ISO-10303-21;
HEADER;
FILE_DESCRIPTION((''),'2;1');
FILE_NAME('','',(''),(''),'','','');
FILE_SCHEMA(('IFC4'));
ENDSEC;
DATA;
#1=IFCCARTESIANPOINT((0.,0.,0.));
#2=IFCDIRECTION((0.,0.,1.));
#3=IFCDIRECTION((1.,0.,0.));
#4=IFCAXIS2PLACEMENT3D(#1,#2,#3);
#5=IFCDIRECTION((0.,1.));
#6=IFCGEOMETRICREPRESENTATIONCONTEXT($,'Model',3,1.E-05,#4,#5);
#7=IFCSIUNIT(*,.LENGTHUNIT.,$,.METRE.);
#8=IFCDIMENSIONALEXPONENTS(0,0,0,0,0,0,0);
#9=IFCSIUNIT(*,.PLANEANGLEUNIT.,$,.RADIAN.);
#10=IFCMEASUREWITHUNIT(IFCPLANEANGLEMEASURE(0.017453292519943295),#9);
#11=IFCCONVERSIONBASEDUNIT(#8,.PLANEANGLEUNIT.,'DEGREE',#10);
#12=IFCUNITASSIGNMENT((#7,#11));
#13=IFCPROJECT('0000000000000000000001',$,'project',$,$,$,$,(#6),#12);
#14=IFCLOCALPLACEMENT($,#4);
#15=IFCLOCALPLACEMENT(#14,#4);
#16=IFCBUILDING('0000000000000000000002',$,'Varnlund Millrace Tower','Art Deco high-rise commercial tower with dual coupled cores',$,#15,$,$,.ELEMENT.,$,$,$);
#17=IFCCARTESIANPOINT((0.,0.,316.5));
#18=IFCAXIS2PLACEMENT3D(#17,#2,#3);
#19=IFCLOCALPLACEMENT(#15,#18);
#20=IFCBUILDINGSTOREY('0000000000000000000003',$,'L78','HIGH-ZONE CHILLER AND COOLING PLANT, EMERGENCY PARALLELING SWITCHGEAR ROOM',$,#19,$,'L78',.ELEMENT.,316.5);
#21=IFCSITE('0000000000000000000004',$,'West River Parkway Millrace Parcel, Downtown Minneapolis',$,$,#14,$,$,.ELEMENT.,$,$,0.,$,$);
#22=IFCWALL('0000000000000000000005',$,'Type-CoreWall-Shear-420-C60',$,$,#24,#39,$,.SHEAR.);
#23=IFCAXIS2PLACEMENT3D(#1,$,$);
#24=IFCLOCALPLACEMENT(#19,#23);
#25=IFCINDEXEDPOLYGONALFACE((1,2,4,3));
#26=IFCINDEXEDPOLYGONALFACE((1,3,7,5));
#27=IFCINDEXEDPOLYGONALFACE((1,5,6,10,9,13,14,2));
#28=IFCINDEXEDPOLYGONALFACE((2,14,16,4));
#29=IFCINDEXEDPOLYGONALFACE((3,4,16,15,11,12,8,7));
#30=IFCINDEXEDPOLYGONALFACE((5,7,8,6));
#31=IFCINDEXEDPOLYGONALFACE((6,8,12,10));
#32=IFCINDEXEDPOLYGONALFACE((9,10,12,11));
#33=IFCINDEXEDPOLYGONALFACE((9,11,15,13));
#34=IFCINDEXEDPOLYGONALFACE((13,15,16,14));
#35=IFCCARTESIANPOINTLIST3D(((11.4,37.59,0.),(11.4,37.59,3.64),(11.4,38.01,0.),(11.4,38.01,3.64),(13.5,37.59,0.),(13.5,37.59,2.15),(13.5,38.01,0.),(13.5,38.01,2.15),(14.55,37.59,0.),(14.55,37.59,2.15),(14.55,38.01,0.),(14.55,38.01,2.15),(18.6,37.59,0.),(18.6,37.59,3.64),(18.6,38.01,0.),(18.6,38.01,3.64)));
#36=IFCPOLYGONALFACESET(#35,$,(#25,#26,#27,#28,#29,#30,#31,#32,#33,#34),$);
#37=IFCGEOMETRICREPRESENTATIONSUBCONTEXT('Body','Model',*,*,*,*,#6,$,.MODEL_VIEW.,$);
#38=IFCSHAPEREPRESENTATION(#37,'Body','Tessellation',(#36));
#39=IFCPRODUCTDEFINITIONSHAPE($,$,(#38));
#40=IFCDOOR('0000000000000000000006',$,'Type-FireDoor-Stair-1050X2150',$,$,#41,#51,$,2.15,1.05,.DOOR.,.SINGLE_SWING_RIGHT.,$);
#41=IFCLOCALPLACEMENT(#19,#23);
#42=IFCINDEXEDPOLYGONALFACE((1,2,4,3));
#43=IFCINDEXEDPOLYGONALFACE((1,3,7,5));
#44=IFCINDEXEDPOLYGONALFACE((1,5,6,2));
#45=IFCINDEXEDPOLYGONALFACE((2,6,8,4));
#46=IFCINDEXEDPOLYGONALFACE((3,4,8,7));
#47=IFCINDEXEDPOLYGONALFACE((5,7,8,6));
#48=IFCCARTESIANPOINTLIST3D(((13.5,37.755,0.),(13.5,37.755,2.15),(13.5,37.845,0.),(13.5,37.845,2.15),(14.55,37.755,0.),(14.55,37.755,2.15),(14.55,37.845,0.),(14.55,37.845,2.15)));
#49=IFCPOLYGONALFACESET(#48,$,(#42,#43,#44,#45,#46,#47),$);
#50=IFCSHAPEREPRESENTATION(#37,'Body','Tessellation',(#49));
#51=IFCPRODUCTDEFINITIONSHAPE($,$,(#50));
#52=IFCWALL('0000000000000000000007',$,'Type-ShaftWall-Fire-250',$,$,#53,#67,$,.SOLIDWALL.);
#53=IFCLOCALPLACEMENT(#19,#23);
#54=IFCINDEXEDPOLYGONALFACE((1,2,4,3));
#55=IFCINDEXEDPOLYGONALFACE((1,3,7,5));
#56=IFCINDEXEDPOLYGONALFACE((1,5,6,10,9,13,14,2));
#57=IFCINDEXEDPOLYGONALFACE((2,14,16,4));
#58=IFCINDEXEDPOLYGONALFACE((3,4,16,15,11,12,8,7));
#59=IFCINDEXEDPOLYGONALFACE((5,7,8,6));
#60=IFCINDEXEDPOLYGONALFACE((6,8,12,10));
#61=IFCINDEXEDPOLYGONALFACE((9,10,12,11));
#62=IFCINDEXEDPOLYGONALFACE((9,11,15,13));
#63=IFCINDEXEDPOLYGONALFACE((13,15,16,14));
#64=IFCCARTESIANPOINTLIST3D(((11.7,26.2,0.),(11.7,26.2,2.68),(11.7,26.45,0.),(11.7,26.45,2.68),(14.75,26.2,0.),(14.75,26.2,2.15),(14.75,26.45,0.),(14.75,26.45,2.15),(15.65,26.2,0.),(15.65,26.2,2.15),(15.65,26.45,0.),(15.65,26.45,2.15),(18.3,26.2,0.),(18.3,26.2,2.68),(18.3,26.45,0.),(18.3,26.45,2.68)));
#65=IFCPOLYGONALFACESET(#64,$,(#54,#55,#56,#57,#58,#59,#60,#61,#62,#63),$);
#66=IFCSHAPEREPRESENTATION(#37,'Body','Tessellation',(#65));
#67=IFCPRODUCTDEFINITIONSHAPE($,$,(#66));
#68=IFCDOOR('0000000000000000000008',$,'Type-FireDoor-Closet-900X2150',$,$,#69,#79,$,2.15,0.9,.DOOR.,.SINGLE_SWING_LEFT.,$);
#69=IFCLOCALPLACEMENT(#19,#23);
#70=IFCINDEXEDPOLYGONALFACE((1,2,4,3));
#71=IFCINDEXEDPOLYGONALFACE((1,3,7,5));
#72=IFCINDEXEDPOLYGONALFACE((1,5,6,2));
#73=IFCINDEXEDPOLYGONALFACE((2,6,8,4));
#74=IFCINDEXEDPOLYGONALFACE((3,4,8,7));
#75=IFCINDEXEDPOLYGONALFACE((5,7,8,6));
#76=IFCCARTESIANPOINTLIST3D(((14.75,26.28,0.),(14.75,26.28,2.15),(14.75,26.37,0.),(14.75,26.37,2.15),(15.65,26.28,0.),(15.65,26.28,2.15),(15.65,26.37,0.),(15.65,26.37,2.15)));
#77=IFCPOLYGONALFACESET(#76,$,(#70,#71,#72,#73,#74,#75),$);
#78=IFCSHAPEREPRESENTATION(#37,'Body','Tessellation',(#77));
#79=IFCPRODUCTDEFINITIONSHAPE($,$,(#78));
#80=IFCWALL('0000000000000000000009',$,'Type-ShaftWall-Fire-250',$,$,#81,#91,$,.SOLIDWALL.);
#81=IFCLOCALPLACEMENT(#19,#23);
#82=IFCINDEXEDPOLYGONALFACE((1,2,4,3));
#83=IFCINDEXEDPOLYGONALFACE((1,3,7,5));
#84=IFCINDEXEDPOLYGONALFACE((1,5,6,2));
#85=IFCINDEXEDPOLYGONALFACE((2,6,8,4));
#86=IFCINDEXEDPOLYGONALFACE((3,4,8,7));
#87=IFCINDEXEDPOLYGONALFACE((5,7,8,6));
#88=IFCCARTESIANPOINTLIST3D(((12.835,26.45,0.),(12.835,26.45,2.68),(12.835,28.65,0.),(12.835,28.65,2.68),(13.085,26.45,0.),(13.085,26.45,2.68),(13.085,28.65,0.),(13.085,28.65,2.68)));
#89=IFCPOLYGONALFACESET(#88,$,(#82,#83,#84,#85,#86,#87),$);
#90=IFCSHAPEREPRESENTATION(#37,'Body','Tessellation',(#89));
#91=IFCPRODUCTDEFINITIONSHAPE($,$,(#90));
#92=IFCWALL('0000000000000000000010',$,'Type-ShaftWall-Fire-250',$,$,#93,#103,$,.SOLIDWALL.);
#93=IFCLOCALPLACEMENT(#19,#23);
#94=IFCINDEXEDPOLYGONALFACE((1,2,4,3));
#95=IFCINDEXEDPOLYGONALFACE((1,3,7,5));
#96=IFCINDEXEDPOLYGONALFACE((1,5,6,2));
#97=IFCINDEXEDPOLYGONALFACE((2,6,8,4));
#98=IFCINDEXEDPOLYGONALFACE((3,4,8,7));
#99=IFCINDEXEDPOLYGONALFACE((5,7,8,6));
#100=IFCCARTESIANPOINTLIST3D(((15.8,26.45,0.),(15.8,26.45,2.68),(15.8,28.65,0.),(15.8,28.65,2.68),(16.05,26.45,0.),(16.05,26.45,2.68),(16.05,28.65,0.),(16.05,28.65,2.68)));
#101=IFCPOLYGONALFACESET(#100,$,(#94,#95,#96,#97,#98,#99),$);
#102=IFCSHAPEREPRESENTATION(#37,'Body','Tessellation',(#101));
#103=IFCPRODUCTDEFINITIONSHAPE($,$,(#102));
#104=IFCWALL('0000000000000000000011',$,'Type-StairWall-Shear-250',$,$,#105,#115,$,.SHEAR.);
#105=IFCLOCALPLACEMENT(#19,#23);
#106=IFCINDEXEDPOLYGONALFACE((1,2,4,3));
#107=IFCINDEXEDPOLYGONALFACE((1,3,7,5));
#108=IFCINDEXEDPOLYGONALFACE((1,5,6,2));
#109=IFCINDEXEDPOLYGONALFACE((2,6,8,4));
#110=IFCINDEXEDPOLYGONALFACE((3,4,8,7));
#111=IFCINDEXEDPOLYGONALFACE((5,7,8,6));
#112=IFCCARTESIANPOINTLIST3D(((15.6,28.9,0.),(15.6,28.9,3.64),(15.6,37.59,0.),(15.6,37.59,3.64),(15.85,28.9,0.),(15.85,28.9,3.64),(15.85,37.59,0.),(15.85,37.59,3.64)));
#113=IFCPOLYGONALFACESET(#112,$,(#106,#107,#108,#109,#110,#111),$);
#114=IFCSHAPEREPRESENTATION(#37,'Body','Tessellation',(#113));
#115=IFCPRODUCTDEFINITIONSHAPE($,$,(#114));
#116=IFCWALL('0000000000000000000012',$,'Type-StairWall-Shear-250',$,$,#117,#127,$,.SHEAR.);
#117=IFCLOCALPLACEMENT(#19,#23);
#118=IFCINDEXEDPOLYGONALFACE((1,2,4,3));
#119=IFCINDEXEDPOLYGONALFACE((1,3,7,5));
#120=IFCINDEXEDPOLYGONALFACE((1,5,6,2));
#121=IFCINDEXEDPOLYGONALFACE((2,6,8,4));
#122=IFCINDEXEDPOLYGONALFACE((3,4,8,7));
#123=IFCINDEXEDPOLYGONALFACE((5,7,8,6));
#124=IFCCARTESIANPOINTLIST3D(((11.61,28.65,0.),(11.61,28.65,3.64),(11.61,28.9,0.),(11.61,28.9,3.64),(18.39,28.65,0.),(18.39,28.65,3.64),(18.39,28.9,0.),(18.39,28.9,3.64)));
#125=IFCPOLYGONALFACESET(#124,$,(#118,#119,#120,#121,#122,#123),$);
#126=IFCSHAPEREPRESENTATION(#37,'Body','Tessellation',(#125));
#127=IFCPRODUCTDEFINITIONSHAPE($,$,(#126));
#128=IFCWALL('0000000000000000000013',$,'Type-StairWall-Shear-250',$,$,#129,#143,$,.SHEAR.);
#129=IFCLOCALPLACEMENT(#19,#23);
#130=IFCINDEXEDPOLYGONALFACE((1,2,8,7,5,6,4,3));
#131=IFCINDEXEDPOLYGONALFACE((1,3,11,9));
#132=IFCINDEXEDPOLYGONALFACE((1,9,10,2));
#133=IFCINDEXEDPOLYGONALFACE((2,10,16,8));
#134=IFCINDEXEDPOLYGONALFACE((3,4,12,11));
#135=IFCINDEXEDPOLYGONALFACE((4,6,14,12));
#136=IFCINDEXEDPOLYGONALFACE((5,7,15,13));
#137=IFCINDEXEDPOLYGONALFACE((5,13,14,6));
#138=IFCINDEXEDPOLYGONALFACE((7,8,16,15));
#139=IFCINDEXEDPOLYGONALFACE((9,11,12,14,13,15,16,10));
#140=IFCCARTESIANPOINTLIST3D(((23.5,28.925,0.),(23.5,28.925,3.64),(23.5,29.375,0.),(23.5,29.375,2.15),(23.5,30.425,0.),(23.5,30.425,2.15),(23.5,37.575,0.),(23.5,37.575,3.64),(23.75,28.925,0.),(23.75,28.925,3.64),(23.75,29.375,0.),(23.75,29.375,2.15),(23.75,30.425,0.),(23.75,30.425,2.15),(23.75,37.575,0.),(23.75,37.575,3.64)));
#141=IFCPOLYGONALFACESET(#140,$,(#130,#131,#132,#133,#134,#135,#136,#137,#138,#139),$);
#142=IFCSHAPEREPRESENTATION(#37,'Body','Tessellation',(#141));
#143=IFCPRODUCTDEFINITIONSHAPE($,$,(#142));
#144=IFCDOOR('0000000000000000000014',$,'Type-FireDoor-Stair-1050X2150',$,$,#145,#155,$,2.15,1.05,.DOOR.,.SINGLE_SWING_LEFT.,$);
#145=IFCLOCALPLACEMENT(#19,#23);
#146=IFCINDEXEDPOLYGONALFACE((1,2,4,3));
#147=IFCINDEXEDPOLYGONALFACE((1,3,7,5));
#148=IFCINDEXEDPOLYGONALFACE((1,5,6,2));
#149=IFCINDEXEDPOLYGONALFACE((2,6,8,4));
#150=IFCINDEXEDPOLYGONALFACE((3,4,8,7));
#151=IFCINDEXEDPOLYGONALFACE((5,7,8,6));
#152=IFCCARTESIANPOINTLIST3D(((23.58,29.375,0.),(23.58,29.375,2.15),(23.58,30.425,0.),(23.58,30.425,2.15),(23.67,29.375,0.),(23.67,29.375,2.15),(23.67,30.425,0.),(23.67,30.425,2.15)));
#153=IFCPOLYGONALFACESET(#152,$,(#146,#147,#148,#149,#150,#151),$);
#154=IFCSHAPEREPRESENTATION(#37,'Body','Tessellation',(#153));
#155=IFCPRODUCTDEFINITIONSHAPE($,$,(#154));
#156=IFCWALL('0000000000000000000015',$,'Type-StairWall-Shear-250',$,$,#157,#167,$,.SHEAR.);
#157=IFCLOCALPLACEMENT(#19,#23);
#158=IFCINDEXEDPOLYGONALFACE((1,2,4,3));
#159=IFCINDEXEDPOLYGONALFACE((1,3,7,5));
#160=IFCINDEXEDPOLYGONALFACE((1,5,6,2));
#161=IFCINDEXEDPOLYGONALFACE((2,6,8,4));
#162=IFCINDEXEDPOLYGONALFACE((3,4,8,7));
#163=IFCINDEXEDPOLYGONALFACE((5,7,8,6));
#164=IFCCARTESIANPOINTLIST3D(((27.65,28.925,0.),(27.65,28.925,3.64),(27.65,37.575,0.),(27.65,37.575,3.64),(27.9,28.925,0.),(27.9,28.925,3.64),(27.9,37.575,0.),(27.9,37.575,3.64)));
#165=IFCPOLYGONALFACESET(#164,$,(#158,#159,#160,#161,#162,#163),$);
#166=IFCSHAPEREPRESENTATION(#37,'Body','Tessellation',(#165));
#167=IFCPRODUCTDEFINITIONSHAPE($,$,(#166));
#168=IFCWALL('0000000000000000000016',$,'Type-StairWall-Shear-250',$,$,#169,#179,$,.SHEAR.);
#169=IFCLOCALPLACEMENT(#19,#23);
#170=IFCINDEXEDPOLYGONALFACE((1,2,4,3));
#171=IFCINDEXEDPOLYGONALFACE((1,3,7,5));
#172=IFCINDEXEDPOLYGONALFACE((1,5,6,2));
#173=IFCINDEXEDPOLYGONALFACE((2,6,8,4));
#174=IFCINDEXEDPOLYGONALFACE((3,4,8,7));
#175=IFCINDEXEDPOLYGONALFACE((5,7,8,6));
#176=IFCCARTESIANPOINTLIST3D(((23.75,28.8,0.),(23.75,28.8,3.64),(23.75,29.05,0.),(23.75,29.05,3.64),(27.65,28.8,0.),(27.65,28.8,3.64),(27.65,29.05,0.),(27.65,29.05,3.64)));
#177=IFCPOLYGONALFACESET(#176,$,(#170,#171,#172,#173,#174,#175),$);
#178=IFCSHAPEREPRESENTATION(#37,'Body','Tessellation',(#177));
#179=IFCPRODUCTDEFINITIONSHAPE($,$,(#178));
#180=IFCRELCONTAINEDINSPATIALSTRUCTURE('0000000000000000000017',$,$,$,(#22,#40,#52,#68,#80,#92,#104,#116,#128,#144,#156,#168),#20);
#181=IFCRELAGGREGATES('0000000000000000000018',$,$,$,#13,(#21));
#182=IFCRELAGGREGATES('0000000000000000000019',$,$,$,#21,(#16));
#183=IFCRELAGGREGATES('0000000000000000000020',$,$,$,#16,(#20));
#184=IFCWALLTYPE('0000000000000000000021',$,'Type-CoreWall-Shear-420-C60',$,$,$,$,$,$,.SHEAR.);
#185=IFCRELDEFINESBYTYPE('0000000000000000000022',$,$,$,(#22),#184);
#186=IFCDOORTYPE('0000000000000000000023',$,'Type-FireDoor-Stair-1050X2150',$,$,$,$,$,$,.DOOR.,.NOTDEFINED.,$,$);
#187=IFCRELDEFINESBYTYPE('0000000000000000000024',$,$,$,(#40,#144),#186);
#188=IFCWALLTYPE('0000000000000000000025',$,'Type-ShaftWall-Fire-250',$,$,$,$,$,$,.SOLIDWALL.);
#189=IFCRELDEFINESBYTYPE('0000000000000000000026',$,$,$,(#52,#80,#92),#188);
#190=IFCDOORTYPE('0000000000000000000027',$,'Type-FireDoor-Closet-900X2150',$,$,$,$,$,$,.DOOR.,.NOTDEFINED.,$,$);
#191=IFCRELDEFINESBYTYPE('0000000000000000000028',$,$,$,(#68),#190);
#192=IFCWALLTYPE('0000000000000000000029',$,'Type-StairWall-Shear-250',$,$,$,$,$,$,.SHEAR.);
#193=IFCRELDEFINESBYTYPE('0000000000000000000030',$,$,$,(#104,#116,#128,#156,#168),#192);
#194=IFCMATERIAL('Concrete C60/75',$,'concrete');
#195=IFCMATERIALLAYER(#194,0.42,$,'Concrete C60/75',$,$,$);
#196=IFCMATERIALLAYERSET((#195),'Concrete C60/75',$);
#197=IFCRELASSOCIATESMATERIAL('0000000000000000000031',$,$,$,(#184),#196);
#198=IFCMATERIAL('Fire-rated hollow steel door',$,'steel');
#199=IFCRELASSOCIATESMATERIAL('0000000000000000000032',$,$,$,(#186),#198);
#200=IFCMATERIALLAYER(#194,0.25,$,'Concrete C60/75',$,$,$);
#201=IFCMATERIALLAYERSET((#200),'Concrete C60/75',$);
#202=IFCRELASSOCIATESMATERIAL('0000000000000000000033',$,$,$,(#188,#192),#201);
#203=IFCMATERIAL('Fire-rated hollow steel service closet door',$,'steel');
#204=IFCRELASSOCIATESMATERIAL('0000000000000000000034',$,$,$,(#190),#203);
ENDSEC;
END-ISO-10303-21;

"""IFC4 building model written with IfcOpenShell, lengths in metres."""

from ifc_helpers import new_model, entity, si_unit, converted_unit, direction, frame, origin_with_axes, origin_2d_with_axis, place, context, subcontext, project, spatial, polyline, rectangle, outline, extrude, material, layer, layer_set, type_object, element, fill, save


model = new_model("IFC4")

# Units and contexts
model_context = context("Model", 3, precision=1e-05, world=origin_with_axes(), true_north=direction((0.0, 1.0)))
body_context = subcontext(model_context, "Body", "Model", "MODEL_VIEW")
ifc_project = project(units=[si_unit("LENGTHUNIT", "METRE"), converted_unit("PLANEANGLEUNIT", "DEGREE", entity("IfcPlaneAngleMeasure", 0.017453292519943295), si_unit("PLANEANGLEUNIT", "RADIAN"), dimensions=[0, 0, 0, 0, 0, 0, 0])], contexts=[model_context])

# Site, building, storey
site_placement = place(None, origin_with_axes())
site = spatial("IfcSite", under=ifc_project, at=site_placement, Name="West River Parkway Millrace Parcel, Downtown Minneapolis", CompositionType="ELEMENT", RefElevation=0.0)
building_placement = place(site_placement, origin_with_axes())
building = spatial("IfcBuilding", under=site, at=building_placement, Name="Varnlund Millrace Tower", Description="Art Deco high-rise commercial tower with dual coupled cores", CompositionType="ELEMENT")
storey_placement = place(building_placement, frame((0.0, 0.0, 316.5), z_axis=(0.0, 0.0, 1.0), x_axis=(1.0, 0.0, 0.0)))
storey = spatial("IfcBuildingStorey", under=building, at=storey_placement, Name="L78", Description="HIGH-ZONE CHILLER AND COOLING PLANT, EMERGENCY PARALLELING SWITCHGEAR ROOM", LongName="L78", CompositionType="ELEMENT", Elevation=316.5)

# Walls, openings, doors
ifc_material_1 = material(Name="Concrete C60/75", Category="concrete")
ifc_layer_1 = layer(ifc_material_1, 0.42, Name="Concrete C60/75")
ifc_layer_set_1 = layer_set([ifc_layer_1], Name="Concrete C60/75")
wall_type_1 = type_object("IfcWallType", Name="Type-CoreWall-Shear-420-C60", PredefinedType="SHEAR", material=ifc_layer_set_1)
wall_1_placement = place(storey_placement, frame((11.4, 37.8, 0.0), z_axis=(0.0, 0.0, 1.0), x_axis=(1.0, 0.0, 0.0)))
wall_1 = element("IfcWall", 1, at=wall_1_placement, inside=storey, type_object=wall_type_1, Name="Type-CoreWall-Shear-420-C60", PredefinedType="SHEAR", context=body_context, shape_type="SweptSolid", body=[
    extrude(outline(polyline([(0.0, -0.21), (7.2, -0.21), (7.2, 0.21), (0.0, 0.21), (0.0, -0.21)])), origin_with_axes(), (0.0, 0.0, 1.0), 3.64),
])
opening_1_placement = place(wall_1_placement, frame((2.625, 0.0, 0.0), z_axis=(0.0, 0.0, 1.0), x_axis=(1.0, 0.0, 0.0)))
opening_1 = element("IfcOpeningElement", 2, at=opening_1_placement, cuts=wall_1, PredefinedType="OPENING", context=body_context, shape_type="SweptSolid", body=[
    extrude(rectangle(XDim=1.05, YDim=0.44, at=origin_2d_with_axis()), origin_with_axes(), (0.0, 0.0, 1.0), 2.15),
])
ifc_material_2 = material(Name="Fire-rated hollow steel door", Category="steel")
door_type_1 = type_object("IfcDoorType", Name="Type-FireDoor-Stair-1050X2150", OperationType="NOTDEFINED", PredefinedType="DOOR", material=ifc_material_2)
door_1_placement = place(wall_1_placement, frame((2.625, 0.0, 0.0), z_axis=(0.0, 0.0, 1.0), x_axis=(1.0, 0.0, 0.0)))
door_1 = element("IfcDoor", 3, at=door_1_placement, inside=storey, type_object=door_type_1, Name="Type-FireDoor-Stair-1050X2150", OperationType="SINGLE_SWING_RIGHT", OverallHeight=2.15, OverallWidth=1.05, PredefinedType="DOOR", context=body_context, shape_type="SweptSolid", body=[
    extrude(rectangle(XDim=1.05, YDim=0.09, at=origin_2d_with_axis()), origin_with_axes(), (0.0, 0.0, 1.0), 2.15),
])
fill(opening_1, door_1)
ifc_layer_2 = layer(ifc_material_1, 0.25, Name="Concrete C60/75")
ifc_layer_set_2 = layer_set([ifc_layer_2], Name="Concrete C60/75")
wall_type_2 = type_object("IfcWallType", Name="Type-ShaftWall-Fire-250", PredefinedType="SOLIDWALL", material=ifc_layer_set_2)
wall_2_placement = place(storey_placement, frame((11.7, 26.325, 0.0), z_axis=(0.0, 0.0, 1.0), x_axis=(1.0, 0.0, 0.0)))
wall_2 = element("IfcWall", 4, at=wall_2_placement, inside=storey, type_object=wall_type_2, Name="Type-ShaftWall-Fire-250", PredefinedType="SOLIDWALL", context=body_context, shape_type="SweptSolid", body=[
    extrude(outline(polyline([(0.0, -0.125), (6.6, -0.125), (6.6, 0.125), (0.0, 0.125), (0.0, -0.125)])), origin_with_axes(), (0.0, 0.0, 1.0), 2.68),
])
opening_2_placement = place(wall_2_placement, frame((3.5, 0.0, 0.0), z_axis=(0.0, 0.0, 1.0), x_axis=(1.0, 0.0, 0.0)))
opening_2 = element("IfcOpeningElement", 5, at=opening_2_placement, cuts=wall_2, PredefinedType="OPENING", context=body_context, shape_type="SweptSolid", body=[
    extrude(rectangle(XDim=0.9, YDim=0.27, at=origin_2d_with_axis()), origin_with_axes(), (0.0, 0.0, 1.0), 2.15),
])
ifc_material_3 = material(Name="Fire-rated hollow steel service closet door", Category="steel")
door_type_2 = type_object("IfcDoorType", Name="Type-FireDoor-Closet-900X2150", OperationType="NOTDEFINED", PredefinedType="DOOR", material=ifc_material_3)
door_2_placement = place(wall_2_placement, frame((3.5, 0.0, 0.0), z_axis=(0.0, 0.0, 1.0), x_axis=(1.0, 0.0, 0.0)))
door_2 = element("IfcDoor", 6, at=door_2_placement, inside=storey, type_object=door_type_2, Name="Type-FireDoor-Closet-900X2150", OperationType="SINGLE_SWING_LEFT", OverallHeight=2.15, OverallWidth=0.9, PredefinedType="DOOR", context=body_context, shape_type="SweptSolid", body=[
    extrude(rectangle(XDim=0.9, YDim=0.09, at=origin_2d_with_axis()), origin_with_axes(), (0.0, 0.0, 1.0), 2.15),
])
fill(opening_2, door_2)

# Walls
for number, where, z_axis, x_axis, name in (
    (7, (12.96, 26.45, 0.0), (0.0, 0.0, 1.0), (0.0, 1.0, 0.0), "Type-ShaftWall-Fire-250"),
    (8, (15.925, 26.45, 0.0), (0.0, 0.0, 1.0), (0.0, 1.0, 0.0), "Type-ShaftWall-Fire-250"),
):
    element("IfcWall", number, at=place(storey_placement, frame(where, z_axis=z_axis, x_axis=x_axis)), inside=storey, type_object=wall_type_2, Name=name, PredefinedType="SOLIDWALL", context=body_context, shape_type="SweptSolid", body=[
        extrude(outline(polyline([(0.0, -0.125), (2.2, -0.125), (2.2, 0.125), (0.0, 0.125), (0.0, -0.125)])), origin_with_axes(), (0.0, 0.0, 1.0), 2.68),
    ])
wall_type_3 = type_object("IfcWallType", Name="Type-StairWall-Shear-250", PredefinedType="SHEAR", material=ifc_layer_set_2)
wall_3_placement = place(storey_placement, frame((15.725, 28.9, 0.0), z_axis=(0.0, 0.0, 1.0), x_axis=(0.0, 1.0, 0.0)))
element("IfcWall", 9, at=wall_3_placement, inside=storey, type_object=wall_type_3, Name="Type-StairWall-Shear-250", PredefinedType="SHEAR", context=body_context, shape_type="SweptSolid", body=[
    extrude(outline(polyline([(0.0, -0.125), (8.69, -0.125), (8.69, 0.125), (0.0, 0.125), (0.0, -0.125)])), origin_with_axes(), (0.0, 0.0, 1.0), 3.64),
])
wall_4_placement = place(storey_placement, frame((11.61, 28.775, 0.0), z_axis=(0.0, 0.0, 1.0), x_axis=(1.0, 0.0, 0.0)))
element("IfcWall", 10, at=wall_4_placement, inside=storey, type_object=wall_type_3, Name="Type-StairWall-Shear-250", PredefinedType="SHEAR", context=body_context, shape_type="SweptSolid", body=[
    extrude(outline(polyline([(0.0, -0.125), (6.78, -0.125), (6.78, 0.125), (0.0, 0.125), (0.0, -0.125)])), origin_with_axes(), (0.0, 0.0, 1.0), 3.64),
])

# Wall, opening, door
wall_5_placement = place(storey_placement, frame((23.625, 28.925, 0.0), z_axis=(0.0, 0.0, 1.0), x_axis=(0.0, 1.0, 0.0)))
wall_5 = element("IfcWall", 11, at=wall_5_placement, inside=storey, type_object=wall_type_3, Name="Type-StairWall-Shear-250", PredefinedType="SHEAR", context=body_context, shape_type="SweptSolid", body=[
    extrude(outline(polyline([(0.0, -0.125), (8.65, -0.125), (8.65, 0.125), (0.0, 0.125), (0.0, -0.125)])), origin_with_axes(), (0.0, 0.0, 1.0), 3.64),
])
opening_3_placement = place(wall_5_placement, frame((0.975, 0.0, 0.0), z_axis=(0.0, 0.0, 1.0), x_axis=(1.0, 0.0, 0.0)))
opening_3 = element("IfcOpeningElement", 12, at=opening_3_placement, cuts=wall_5, PredefinedType="OPENING", context=body_context, shape_type="SweptSolid", body=[
    extrude(rectangle(XDim=1.05, YDim=0.27, at=origin_2d_with_axis()), origin_with_axes(), (0.0, 0.0, 1.0), 2.15),
])
door_3_placement = place(wall_5_placement, frame((0.975, 0.0, 0.0), z_axis=(0.0, 0.0, 1.0), x_axis=(1.0, 0.0, 0.0)))
door_3 = element("IfcDoor", 13, at=door_3_placement, inside=storey, type_object=door_type_1, Name="Type-FireDoor-Stair-1050X2150", OperationType="SINGLE_SWING_LEFT", OverallHeight=2.15, OverallWidth=1.05, PredefinedType="DOOR", context=body_context, shape_type="SweptSolid", body=[
    extrude(rectangle(XDim=1.05, YDim=0.09, at=origin_2d_with_axis()), origin_with_axes(), (0.0, 0.0, 1.0), 2.15),
])
fill(opening_3, door_3)

# Walls
wall_6_placement = place(storey_placement, frame((27.775, 28.925, 0.0), z_axis=(0.0, 0.0, 1.0), x_axis=(0.0, 1.0, 0.0)))
element("IfcWall", 14, at=wall_6_placement, inside=storey, type_object=wall_type_3, Name="Type-StairWall-Shear-250", PredefinedType="SHEAR", context=body_context, shape_type="SweptSolid", body=[
    extrude(outline(polyline([(0.0, -0.125), (8.65, -0.125), (8.65, 0.125), (0.0, 0.125), (0.0, -0.125)])), origin_with_axes(), (0.0, 0.0, 1.0), 3.64),
])
wall_7_placement = place(storey_placement, frame((23.75, 28.925, 0.0), z_axis=(0.0, 0.0, 1.0), x_axis=(1.0, 0.0, 0.0)))
element("IfcWall", 15, at=wall_7_placement, inside=storey, type_object=wall_type_3, Name="Type-StairWall-Shear-250", PredefinedType="SHEAR", context=body_context, shape_type="SweptSolid", body=[
    extrude(outline(polyline([(0.0, -0.125), (3.9, -0.125), (3.9, 0.125), (0.0, 0.125), (0.0, -0.125)])), origin_with_axes(), (0.0, 0.0, 1.0), 3.64),
])

save(model, "model.ifc")
